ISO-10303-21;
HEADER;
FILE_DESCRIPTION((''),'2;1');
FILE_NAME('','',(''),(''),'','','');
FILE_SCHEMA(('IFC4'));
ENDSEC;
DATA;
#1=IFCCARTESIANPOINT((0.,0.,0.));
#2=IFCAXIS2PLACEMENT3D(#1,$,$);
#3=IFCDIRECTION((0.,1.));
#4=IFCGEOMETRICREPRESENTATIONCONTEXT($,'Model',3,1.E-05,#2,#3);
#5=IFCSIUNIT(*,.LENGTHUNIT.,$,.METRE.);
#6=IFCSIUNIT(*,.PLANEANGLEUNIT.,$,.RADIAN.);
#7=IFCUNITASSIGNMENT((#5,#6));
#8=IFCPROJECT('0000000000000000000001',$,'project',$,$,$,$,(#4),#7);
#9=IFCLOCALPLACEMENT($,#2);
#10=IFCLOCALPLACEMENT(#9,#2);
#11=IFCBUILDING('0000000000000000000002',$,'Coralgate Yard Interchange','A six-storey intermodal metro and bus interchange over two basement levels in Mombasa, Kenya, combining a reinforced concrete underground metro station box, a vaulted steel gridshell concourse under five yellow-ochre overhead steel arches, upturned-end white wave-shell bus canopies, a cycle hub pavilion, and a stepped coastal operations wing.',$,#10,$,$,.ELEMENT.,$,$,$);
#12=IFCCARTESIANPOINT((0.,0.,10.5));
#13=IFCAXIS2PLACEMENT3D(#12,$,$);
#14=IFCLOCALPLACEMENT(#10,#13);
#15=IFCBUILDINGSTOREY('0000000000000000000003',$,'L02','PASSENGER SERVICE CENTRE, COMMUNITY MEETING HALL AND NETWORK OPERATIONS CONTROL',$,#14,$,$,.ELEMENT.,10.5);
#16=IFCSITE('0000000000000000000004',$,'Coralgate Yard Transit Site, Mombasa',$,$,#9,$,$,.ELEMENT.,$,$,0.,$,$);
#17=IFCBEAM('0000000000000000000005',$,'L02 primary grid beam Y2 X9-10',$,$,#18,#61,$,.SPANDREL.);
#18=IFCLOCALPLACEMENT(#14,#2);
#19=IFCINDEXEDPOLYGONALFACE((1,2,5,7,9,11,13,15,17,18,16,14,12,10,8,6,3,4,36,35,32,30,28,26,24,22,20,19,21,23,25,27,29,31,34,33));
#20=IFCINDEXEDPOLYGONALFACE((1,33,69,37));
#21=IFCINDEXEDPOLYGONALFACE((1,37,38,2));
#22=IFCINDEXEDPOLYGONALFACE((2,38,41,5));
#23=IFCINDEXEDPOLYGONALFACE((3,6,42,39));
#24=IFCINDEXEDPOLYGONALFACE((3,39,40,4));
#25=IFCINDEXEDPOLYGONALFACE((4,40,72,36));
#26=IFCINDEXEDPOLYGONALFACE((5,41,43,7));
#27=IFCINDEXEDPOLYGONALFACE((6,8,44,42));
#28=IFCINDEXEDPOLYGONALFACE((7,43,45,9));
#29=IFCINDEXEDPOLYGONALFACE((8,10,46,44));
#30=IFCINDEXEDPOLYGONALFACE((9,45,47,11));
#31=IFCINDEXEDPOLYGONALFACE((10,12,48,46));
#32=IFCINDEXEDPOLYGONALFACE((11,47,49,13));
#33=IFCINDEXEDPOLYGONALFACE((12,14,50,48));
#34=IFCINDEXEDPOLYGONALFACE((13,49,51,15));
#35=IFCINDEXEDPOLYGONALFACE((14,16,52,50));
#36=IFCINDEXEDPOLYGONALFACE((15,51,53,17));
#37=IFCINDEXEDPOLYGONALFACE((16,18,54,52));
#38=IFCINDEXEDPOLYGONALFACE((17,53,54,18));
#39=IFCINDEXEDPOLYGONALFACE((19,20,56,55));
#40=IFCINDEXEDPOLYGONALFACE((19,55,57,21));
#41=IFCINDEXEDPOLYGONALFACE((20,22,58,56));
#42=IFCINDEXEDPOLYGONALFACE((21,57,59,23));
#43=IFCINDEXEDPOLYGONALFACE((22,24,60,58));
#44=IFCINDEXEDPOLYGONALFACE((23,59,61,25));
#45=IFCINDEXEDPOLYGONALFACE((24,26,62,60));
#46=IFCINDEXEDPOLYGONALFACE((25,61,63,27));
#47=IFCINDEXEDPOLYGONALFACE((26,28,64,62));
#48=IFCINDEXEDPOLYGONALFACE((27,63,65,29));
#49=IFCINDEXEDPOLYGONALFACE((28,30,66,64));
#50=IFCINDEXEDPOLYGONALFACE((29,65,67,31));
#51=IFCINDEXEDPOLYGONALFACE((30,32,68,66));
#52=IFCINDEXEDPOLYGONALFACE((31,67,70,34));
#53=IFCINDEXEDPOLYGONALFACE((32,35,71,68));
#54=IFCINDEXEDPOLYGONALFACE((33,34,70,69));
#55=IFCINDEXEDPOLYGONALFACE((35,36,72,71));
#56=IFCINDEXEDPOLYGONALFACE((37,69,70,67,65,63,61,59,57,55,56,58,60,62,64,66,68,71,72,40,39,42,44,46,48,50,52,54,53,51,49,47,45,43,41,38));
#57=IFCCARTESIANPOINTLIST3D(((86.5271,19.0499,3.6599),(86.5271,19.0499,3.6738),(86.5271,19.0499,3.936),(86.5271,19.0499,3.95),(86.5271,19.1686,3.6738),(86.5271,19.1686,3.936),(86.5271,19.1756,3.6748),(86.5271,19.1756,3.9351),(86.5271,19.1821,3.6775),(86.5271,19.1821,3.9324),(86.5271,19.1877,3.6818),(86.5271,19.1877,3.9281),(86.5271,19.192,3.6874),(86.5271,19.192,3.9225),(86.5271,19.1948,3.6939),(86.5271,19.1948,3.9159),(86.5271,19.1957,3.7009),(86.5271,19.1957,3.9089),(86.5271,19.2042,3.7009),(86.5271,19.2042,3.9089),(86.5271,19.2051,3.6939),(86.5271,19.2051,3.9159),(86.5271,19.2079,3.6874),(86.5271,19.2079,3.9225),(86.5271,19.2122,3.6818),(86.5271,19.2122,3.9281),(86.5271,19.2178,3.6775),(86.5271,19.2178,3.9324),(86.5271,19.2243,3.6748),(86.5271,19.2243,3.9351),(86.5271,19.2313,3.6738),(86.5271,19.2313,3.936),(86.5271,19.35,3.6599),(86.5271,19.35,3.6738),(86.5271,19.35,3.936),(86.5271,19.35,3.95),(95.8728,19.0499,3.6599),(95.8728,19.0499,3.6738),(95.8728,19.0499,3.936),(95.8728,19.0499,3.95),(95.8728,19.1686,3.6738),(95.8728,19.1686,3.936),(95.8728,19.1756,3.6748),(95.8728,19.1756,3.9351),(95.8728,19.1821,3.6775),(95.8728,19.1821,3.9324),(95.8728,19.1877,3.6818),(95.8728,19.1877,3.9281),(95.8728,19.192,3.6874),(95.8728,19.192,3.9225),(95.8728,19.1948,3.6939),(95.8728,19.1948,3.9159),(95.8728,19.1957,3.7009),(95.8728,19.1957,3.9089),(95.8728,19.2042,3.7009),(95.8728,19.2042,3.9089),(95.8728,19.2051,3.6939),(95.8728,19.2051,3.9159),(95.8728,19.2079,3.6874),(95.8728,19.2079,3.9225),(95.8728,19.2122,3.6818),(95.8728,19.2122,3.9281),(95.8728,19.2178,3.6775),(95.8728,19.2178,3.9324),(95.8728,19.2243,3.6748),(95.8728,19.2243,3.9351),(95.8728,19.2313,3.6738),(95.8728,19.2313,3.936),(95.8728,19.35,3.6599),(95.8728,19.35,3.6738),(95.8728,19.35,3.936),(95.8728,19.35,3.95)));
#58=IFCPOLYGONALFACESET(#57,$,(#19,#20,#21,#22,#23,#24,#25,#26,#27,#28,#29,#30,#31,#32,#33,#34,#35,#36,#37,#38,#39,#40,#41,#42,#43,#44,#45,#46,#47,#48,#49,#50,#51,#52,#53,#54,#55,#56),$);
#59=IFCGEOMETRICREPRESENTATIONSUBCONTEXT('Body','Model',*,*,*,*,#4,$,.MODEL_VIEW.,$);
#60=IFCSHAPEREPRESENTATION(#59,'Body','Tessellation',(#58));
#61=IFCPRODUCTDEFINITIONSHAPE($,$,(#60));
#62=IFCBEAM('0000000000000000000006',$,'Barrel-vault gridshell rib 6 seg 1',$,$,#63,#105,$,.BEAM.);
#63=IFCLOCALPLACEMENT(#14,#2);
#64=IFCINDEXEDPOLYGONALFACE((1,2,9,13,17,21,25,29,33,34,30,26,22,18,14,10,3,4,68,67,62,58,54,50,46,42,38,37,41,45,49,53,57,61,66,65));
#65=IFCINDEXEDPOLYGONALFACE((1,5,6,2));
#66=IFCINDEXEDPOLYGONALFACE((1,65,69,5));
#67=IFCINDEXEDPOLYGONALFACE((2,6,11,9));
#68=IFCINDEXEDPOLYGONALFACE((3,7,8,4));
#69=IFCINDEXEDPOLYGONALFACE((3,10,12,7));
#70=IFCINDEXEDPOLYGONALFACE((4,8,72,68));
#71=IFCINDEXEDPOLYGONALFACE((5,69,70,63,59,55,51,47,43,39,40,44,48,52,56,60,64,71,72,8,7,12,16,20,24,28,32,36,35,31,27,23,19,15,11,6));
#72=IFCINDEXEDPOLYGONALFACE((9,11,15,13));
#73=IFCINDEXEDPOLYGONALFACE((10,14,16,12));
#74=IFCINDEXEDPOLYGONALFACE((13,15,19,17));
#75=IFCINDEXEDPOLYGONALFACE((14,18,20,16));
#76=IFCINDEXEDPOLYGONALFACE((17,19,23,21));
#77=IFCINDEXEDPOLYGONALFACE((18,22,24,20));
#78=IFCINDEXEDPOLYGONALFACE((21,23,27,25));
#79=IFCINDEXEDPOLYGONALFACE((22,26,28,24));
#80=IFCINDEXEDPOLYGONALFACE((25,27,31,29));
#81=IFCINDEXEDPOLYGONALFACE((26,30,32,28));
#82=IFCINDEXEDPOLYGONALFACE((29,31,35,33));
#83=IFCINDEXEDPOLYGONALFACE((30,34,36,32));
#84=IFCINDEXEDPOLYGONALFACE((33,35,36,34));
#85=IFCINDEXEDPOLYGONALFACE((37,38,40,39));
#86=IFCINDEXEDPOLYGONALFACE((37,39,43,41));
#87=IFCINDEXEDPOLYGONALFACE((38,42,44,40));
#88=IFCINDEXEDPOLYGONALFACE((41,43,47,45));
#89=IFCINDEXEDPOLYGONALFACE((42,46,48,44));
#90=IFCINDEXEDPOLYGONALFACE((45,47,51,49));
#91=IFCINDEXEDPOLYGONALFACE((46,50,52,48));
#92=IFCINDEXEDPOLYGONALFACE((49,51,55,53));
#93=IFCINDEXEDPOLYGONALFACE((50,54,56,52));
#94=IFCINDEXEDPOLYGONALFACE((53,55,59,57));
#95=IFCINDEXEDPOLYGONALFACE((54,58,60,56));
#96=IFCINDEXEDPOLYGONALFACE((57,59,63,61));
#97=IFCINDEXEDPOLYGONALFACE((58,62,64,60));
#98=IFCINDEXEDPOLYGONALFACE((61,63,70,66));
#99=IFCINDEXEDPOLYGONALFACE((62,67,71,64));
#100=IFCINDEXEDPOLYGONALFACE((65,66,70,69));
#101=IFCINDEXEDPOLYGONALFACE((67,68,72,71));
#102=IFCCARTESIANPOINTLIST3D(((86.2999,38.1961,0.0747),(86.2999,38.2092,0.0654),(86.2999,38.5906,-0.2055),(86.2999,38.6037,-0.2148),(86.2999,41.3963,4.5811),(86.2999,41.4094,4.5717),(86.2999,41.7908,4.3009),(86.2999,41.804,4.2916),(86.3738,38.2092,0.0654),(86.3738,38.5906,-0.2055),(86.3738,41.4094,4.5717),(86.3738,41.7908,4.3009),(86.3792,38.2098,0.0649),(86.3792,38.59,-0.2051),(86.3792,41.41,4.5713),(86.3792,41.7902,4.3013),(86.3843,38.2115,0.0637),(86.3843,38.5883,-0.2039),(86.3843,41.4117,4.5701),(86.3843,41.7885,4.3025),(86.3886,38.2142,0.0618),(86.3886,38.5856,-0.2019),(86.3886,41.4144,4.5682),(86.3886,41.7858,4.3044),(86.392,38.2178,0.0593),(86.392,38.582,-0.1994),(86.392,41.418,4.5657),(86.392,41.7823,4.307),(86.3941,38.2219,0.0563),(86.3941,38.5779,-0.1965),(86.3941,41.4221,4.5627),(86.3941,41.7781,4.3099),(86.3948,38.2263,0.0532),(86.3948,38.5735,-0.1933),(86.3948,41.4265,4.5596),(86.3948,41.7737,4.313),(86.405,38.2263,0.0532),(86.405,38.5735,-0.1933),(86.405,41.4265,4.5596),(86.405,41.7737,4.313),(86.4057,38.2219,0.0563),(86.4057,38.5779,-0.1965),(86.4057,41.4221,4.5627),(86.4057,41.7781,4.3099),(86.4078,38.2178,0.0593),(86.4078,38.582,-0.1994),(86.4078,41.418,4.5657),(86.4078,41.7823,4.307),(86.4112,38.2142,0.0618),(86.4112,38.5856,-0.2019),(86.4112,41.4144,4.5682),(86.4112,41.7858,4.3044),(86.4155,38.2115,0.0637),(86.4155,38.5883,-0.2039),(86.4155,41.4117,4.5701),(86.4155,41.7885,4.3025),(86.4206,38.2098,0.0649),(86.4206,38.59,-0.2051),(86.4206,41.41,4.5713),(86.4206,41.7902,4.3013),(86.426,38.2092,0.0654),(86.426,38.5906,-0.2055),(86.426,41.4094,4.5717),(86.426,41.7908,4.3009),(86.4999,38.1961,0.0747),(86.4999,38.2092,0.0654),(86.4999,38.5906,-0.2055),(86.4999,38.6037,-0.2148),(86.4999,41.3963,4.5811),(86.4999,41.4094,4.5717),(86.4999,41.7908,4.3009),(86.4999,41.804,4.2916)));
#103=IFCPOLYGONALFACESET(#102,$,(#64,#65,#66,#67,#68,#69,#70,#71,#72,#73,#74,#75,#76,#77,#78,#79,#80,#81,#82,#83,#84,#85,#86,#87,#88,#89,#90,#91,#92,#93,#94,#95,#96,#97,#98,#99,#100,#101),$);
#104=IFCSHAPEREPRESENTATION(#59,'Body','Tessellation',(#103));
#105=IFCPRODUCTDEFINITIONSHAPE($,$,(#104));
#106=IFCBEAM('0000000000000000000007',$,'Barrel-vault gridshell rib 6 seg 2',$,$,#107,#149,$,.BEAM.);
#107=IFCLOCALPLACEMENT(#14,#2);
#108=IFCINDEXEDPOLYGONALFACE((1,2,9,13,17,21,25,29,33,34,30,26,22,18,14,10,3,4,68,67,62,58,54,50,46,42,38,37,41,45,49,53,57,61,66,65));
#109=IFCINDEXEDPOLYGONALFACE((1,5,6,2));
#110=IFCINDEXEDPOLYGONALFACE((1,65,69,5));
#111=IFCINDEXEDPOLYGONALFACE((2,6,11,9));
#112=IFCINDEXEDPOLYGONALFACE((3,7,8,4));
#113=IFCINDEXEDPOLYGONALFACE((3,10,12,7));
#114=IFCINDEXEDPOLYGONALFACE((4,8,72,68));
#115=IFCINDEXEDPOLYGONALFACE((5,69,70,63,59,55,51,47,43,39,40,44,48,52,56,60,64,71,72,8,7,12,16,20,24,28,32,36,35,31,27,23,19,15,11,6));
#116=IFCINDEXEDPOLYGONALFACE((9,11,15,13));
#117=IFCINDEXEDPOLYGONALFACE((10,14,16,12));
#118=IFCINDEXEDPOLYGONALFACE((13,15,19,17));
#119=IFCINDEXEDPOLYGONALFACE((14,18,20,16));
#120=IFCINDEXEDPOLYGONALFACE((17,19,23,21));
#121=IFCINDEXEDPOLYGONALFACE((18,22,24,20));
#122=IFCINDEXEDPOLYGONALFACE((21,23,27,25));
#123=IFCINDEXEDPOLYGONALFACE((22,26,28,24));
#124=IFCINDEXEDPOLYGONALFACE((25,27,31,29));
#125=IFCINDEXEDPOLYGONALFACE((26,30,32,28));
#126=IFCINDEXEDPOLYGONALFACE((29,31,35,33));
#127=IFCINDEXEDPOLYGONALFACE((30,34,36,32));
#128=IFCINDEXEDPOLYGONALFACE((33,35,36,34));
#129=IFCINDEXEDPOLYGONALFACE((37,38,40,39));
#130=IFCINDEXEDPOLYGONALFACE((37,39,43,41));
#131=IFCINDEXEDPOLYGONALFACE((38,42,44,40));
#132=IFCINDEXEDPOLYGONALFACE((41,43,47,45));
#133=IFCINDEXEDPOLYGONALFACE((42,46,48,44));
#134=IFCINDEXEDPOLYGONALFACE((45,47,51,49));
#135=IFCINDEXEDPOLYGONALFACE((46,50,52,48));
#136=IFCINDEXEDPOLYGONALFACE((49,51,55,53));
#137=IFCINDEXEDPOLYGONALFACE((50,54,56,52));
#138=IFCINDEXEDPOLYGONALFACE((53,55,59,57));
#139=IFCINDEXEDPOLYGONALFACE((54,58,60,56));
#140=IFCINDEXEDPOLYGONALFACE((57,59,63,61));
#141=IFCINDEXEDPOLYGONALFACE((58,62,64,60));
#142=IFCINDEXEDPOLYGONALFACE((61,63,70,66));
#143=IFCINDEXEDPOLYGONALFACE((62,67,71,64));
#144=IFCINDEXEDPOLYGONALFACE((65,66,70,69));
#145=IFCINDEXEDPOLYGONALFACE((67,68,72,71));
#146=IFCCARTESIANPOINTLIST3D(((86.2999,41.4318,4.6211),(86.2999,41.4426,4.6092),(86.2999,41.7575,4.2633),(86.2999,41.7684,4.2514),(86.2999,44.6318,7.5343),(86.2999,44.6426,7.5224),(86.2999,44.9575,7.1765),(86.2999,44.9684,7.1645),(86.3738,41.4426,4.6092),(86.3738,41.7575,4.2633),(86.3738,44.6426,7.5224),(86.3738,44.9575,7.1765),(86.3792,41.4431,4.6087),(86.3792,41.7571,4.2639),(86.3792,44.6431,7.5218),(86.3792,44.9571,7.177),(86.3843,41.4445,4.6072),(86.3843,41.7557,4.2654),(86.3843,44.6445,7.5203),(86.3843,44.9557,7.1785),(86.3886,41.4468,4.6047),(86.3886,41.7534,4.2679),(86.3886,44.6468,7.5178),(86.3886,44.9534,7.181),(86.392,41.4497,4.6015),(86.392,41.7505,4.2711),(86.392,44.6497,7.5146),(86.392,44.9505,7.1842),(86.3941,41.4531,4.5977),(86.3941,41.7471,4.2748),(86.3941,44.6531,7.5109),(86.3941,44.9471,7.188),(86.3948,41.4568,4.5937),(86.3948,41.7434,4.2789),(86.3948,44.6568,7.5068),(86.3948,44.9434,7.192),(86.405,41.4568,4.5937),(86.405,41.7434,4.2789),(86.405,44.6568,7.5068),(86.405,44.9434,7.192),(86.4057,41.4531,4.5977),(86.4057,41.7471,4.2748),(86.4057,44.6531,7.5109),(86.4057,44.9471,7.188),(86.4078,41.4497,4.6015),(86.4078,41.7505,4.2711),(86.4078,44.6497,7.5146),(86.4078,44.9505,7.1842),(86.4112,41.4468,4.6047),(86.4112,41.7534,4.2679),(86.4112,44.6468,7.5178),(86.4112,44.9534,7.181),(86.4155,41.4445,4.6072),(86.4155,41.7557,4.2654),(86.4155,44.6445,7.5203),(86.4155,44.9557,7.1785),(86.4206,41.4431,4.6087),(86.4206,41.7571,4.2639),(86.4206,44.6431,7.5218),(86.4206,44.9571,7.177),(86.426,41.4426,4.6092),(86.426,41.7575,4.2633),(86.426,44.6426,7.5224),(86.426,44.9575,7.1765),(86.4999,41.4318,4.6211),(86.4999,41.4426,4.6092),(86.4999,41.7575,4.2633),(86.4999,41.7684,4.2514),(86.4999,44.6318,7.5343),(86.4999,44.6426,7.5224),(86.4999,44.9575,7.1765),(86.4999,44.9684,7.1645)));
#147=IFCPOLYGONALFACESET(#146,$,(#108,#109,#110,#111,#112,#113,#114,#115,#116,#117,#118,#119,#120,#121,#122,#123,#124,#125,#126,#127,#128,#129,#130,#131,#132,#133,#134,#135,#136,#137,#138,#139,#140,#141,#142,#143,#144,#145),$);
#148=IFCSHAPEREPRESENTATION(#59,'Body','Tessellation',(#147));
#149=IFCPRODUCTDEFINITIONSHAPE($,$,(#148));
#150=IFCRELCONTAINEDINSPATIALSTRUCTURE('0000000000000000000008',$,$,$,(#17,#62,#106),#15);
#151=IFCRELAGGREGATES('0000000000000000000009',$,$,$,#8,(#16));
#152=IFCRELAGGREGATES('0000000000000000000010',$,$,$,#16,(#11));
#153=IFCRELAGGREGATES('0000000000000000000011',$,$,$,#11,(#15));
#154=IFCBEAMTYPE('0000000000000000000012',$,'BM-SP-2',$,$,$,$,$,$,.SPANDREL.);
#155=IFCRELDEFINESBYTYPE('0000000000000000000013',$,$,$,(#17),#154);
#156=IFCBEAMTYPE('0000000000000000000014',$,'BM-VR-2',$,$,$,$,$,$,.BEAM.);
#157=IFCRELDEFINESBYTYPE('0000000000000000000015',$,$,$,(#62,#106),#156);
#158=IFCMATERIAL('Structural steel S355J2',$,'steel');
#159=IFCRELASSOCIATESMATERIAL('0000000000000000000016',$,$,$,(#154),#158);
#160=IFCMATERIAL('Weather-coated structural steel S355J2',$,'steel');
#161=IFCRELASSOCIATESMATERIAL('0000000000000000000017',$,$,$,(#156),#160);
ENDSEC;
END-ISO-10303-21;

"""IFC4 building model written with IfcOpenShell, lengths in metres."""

from ifc_helpers import new_model, si_unit, direction, frame, origin, origin_2d, place, context, subcontext, project, spatial, i_section, extrude, material, material_profile, profile_set, type_object, element, save


model = new_model("IFC4")

# Units and contexts
model_context = context("Model", 3, precision=1e-05, world=origin(), true_north=direction((0.0, 1.0)))
body_context = subcontext(model_context, "Body", "Model", "MODEL_VIEW")
ifc_project = project(units=[si_unit("LENGTHUNIT", "METRE"), si_unit("PLANEANGLEUNIT", "RADIAN")], contexts=[model_context])

# Site, building, storey
site_placement = place(None, origin())
site = spatial("IfcSite", under=ifc_project, at=site_placement, Name="Coralgate Yard Transit Site, Mombasa", CompositionType="ELEMENT", RefElevation=0.0)
building_placement = place(site_placement, origin())
building = spatial("IfcBuilding", under=site, at=building_placement, Name="Coralgate Yard Interchange", Description="A six-storey intermodal metro and bus interchange over two basement levels in Mombasa, Kenya, combining a reinforced concrete underground metro station box, a vaulted steel gridshell concourse under five yellow-ochre overhead steel arches, upturned-end white wave-shell bus canopies, a cycle hub pavilion, and a stepped coastal operations wing.", CompositionType="ELEMENT")
storey_placement = place(building_placement, frame((0.0, 0.0, 10.5)))
storey = spatial("IfcBuildingStorey", under=building, at=storey_placement, Name="L02", Description="PASSENGER SERVICE CENTRE, COMMUNITY MEETING HALL AND NETWORK OPERATIONS CONTROL", CompositionType="ELEMENT", Elevation=10.5)

# Shared definitions
ifc_material_1 = material(Name="Structural steel S355J2", Category="steel")

# Beams
ifc_material_profile_1 = material_profile(ifc_material_1, i_section(OverallWidth=0.3, OverallDepth=0.29, WebThickness=0.0085, FlangeThickness=0.0139, FilletRadius=0.0271, at=origin_2d()), Name="HEA 300")
ifc_profile_set_1 = profile_set([ifc_material_profile_1], Name="Structural steel S355J2")
beam_type_1 = type_object("IfcBeamType", Name="BM-SP-2", PredefinedType="SPANDREL", material=ifc_profile_set_1)
beam_1_placement = place(storey_placement, frame((86.5271, 19.2, 3.8049), z_axis=(1.0, 0.0, 0.0), x_axis=(0.0, 1.0, 0.0)))
element("IfcBeam", 1, at=beam_1_placement, inside=storey, type_object=beam_type_1, Name="L02 primary grid beam Y2 X9-10", PredefinedType="SPANDREL", context=body_context, shape_type="SweptSolid", body=[
    extrude(i_section(OverallWidth=0.3, OverallDepth=0.29, WebThickness=0.0085, FlangeThickness=0.0139, FilletRadius=0.0271, at=origin_2d()), origin(), (0.0, 0.0, 1.0), 9.3457),
])
ifc_material_2 = material(Name="Weather-coated structural steel S355J2", Category="steel")
ifc_material_profile_2 = material_profile(ifc_material_2, i_section(OverallWidth=0.2, OverallDepth=0.5, WebThickness=0.0103, FlangeThickness=0.0161, FilletRadius=0.021, at=origin_2d()), Name="IPE 500")
ifc_profile_set_2 = profile_set([ifc_material_profile_2], Name="Weather-coated structural steel S355J2")
beam_type_2 = type_object("IfcBeamType", Name="BM-VR-2", PredefinedType="BEAM", material=ifc_profile_set_2)
beam_2_placement = place(storey_placement, frame((86.3999, 38.3999, -0.0701), z_axis=(0.0, 0.579005, 0.815324), x_axis=(-1.0, 0.0, 0.0)))
element("IfcBeam", 2, at=beam_2_placement, inside=storey, type_object=beam_type_2, Name="Barrel-vault gridshell rib 6 seg 1", PredefinedType="BEAM", context=body_context, shape_type="SweptSolid", body=[
    extrude(i_section(OverallWidth=0.2, OverallDepth=0.5, WebThickness=0.0103, FlangeThickness=0.0161, FilletRadius=0.021, at=origin_2d()), origin(), (0.0, 0.0, 1.0), 5.5271),
])
beam_3_placement = place(storey_placement, frame((86.3999, 41.6001, 4.4363), z_axis=(0.0, 0.739475, 0.673184), x_axis=(-1.0, 0.0, 0.0)))
element("IfcBeam", 3, at=beam_3_placement, inside=storey, type_object=beam_type_2, Name="Barrel-vault gridshell rib 6 seg 2", PredefinedType="BEAM", context=body_context, shape_type="SweptSolid", body=[
    extrude(i_section(OverallWidth=0.2, OverallDepth=0.5, WebThickness=0.0103, FlangeThickness=0.0161, FilletRadius=0.021, at=origin_2d()), origin(), (0.0, 0.0, 1.0), 4.3274),
])

save(model, "model.ifc")
